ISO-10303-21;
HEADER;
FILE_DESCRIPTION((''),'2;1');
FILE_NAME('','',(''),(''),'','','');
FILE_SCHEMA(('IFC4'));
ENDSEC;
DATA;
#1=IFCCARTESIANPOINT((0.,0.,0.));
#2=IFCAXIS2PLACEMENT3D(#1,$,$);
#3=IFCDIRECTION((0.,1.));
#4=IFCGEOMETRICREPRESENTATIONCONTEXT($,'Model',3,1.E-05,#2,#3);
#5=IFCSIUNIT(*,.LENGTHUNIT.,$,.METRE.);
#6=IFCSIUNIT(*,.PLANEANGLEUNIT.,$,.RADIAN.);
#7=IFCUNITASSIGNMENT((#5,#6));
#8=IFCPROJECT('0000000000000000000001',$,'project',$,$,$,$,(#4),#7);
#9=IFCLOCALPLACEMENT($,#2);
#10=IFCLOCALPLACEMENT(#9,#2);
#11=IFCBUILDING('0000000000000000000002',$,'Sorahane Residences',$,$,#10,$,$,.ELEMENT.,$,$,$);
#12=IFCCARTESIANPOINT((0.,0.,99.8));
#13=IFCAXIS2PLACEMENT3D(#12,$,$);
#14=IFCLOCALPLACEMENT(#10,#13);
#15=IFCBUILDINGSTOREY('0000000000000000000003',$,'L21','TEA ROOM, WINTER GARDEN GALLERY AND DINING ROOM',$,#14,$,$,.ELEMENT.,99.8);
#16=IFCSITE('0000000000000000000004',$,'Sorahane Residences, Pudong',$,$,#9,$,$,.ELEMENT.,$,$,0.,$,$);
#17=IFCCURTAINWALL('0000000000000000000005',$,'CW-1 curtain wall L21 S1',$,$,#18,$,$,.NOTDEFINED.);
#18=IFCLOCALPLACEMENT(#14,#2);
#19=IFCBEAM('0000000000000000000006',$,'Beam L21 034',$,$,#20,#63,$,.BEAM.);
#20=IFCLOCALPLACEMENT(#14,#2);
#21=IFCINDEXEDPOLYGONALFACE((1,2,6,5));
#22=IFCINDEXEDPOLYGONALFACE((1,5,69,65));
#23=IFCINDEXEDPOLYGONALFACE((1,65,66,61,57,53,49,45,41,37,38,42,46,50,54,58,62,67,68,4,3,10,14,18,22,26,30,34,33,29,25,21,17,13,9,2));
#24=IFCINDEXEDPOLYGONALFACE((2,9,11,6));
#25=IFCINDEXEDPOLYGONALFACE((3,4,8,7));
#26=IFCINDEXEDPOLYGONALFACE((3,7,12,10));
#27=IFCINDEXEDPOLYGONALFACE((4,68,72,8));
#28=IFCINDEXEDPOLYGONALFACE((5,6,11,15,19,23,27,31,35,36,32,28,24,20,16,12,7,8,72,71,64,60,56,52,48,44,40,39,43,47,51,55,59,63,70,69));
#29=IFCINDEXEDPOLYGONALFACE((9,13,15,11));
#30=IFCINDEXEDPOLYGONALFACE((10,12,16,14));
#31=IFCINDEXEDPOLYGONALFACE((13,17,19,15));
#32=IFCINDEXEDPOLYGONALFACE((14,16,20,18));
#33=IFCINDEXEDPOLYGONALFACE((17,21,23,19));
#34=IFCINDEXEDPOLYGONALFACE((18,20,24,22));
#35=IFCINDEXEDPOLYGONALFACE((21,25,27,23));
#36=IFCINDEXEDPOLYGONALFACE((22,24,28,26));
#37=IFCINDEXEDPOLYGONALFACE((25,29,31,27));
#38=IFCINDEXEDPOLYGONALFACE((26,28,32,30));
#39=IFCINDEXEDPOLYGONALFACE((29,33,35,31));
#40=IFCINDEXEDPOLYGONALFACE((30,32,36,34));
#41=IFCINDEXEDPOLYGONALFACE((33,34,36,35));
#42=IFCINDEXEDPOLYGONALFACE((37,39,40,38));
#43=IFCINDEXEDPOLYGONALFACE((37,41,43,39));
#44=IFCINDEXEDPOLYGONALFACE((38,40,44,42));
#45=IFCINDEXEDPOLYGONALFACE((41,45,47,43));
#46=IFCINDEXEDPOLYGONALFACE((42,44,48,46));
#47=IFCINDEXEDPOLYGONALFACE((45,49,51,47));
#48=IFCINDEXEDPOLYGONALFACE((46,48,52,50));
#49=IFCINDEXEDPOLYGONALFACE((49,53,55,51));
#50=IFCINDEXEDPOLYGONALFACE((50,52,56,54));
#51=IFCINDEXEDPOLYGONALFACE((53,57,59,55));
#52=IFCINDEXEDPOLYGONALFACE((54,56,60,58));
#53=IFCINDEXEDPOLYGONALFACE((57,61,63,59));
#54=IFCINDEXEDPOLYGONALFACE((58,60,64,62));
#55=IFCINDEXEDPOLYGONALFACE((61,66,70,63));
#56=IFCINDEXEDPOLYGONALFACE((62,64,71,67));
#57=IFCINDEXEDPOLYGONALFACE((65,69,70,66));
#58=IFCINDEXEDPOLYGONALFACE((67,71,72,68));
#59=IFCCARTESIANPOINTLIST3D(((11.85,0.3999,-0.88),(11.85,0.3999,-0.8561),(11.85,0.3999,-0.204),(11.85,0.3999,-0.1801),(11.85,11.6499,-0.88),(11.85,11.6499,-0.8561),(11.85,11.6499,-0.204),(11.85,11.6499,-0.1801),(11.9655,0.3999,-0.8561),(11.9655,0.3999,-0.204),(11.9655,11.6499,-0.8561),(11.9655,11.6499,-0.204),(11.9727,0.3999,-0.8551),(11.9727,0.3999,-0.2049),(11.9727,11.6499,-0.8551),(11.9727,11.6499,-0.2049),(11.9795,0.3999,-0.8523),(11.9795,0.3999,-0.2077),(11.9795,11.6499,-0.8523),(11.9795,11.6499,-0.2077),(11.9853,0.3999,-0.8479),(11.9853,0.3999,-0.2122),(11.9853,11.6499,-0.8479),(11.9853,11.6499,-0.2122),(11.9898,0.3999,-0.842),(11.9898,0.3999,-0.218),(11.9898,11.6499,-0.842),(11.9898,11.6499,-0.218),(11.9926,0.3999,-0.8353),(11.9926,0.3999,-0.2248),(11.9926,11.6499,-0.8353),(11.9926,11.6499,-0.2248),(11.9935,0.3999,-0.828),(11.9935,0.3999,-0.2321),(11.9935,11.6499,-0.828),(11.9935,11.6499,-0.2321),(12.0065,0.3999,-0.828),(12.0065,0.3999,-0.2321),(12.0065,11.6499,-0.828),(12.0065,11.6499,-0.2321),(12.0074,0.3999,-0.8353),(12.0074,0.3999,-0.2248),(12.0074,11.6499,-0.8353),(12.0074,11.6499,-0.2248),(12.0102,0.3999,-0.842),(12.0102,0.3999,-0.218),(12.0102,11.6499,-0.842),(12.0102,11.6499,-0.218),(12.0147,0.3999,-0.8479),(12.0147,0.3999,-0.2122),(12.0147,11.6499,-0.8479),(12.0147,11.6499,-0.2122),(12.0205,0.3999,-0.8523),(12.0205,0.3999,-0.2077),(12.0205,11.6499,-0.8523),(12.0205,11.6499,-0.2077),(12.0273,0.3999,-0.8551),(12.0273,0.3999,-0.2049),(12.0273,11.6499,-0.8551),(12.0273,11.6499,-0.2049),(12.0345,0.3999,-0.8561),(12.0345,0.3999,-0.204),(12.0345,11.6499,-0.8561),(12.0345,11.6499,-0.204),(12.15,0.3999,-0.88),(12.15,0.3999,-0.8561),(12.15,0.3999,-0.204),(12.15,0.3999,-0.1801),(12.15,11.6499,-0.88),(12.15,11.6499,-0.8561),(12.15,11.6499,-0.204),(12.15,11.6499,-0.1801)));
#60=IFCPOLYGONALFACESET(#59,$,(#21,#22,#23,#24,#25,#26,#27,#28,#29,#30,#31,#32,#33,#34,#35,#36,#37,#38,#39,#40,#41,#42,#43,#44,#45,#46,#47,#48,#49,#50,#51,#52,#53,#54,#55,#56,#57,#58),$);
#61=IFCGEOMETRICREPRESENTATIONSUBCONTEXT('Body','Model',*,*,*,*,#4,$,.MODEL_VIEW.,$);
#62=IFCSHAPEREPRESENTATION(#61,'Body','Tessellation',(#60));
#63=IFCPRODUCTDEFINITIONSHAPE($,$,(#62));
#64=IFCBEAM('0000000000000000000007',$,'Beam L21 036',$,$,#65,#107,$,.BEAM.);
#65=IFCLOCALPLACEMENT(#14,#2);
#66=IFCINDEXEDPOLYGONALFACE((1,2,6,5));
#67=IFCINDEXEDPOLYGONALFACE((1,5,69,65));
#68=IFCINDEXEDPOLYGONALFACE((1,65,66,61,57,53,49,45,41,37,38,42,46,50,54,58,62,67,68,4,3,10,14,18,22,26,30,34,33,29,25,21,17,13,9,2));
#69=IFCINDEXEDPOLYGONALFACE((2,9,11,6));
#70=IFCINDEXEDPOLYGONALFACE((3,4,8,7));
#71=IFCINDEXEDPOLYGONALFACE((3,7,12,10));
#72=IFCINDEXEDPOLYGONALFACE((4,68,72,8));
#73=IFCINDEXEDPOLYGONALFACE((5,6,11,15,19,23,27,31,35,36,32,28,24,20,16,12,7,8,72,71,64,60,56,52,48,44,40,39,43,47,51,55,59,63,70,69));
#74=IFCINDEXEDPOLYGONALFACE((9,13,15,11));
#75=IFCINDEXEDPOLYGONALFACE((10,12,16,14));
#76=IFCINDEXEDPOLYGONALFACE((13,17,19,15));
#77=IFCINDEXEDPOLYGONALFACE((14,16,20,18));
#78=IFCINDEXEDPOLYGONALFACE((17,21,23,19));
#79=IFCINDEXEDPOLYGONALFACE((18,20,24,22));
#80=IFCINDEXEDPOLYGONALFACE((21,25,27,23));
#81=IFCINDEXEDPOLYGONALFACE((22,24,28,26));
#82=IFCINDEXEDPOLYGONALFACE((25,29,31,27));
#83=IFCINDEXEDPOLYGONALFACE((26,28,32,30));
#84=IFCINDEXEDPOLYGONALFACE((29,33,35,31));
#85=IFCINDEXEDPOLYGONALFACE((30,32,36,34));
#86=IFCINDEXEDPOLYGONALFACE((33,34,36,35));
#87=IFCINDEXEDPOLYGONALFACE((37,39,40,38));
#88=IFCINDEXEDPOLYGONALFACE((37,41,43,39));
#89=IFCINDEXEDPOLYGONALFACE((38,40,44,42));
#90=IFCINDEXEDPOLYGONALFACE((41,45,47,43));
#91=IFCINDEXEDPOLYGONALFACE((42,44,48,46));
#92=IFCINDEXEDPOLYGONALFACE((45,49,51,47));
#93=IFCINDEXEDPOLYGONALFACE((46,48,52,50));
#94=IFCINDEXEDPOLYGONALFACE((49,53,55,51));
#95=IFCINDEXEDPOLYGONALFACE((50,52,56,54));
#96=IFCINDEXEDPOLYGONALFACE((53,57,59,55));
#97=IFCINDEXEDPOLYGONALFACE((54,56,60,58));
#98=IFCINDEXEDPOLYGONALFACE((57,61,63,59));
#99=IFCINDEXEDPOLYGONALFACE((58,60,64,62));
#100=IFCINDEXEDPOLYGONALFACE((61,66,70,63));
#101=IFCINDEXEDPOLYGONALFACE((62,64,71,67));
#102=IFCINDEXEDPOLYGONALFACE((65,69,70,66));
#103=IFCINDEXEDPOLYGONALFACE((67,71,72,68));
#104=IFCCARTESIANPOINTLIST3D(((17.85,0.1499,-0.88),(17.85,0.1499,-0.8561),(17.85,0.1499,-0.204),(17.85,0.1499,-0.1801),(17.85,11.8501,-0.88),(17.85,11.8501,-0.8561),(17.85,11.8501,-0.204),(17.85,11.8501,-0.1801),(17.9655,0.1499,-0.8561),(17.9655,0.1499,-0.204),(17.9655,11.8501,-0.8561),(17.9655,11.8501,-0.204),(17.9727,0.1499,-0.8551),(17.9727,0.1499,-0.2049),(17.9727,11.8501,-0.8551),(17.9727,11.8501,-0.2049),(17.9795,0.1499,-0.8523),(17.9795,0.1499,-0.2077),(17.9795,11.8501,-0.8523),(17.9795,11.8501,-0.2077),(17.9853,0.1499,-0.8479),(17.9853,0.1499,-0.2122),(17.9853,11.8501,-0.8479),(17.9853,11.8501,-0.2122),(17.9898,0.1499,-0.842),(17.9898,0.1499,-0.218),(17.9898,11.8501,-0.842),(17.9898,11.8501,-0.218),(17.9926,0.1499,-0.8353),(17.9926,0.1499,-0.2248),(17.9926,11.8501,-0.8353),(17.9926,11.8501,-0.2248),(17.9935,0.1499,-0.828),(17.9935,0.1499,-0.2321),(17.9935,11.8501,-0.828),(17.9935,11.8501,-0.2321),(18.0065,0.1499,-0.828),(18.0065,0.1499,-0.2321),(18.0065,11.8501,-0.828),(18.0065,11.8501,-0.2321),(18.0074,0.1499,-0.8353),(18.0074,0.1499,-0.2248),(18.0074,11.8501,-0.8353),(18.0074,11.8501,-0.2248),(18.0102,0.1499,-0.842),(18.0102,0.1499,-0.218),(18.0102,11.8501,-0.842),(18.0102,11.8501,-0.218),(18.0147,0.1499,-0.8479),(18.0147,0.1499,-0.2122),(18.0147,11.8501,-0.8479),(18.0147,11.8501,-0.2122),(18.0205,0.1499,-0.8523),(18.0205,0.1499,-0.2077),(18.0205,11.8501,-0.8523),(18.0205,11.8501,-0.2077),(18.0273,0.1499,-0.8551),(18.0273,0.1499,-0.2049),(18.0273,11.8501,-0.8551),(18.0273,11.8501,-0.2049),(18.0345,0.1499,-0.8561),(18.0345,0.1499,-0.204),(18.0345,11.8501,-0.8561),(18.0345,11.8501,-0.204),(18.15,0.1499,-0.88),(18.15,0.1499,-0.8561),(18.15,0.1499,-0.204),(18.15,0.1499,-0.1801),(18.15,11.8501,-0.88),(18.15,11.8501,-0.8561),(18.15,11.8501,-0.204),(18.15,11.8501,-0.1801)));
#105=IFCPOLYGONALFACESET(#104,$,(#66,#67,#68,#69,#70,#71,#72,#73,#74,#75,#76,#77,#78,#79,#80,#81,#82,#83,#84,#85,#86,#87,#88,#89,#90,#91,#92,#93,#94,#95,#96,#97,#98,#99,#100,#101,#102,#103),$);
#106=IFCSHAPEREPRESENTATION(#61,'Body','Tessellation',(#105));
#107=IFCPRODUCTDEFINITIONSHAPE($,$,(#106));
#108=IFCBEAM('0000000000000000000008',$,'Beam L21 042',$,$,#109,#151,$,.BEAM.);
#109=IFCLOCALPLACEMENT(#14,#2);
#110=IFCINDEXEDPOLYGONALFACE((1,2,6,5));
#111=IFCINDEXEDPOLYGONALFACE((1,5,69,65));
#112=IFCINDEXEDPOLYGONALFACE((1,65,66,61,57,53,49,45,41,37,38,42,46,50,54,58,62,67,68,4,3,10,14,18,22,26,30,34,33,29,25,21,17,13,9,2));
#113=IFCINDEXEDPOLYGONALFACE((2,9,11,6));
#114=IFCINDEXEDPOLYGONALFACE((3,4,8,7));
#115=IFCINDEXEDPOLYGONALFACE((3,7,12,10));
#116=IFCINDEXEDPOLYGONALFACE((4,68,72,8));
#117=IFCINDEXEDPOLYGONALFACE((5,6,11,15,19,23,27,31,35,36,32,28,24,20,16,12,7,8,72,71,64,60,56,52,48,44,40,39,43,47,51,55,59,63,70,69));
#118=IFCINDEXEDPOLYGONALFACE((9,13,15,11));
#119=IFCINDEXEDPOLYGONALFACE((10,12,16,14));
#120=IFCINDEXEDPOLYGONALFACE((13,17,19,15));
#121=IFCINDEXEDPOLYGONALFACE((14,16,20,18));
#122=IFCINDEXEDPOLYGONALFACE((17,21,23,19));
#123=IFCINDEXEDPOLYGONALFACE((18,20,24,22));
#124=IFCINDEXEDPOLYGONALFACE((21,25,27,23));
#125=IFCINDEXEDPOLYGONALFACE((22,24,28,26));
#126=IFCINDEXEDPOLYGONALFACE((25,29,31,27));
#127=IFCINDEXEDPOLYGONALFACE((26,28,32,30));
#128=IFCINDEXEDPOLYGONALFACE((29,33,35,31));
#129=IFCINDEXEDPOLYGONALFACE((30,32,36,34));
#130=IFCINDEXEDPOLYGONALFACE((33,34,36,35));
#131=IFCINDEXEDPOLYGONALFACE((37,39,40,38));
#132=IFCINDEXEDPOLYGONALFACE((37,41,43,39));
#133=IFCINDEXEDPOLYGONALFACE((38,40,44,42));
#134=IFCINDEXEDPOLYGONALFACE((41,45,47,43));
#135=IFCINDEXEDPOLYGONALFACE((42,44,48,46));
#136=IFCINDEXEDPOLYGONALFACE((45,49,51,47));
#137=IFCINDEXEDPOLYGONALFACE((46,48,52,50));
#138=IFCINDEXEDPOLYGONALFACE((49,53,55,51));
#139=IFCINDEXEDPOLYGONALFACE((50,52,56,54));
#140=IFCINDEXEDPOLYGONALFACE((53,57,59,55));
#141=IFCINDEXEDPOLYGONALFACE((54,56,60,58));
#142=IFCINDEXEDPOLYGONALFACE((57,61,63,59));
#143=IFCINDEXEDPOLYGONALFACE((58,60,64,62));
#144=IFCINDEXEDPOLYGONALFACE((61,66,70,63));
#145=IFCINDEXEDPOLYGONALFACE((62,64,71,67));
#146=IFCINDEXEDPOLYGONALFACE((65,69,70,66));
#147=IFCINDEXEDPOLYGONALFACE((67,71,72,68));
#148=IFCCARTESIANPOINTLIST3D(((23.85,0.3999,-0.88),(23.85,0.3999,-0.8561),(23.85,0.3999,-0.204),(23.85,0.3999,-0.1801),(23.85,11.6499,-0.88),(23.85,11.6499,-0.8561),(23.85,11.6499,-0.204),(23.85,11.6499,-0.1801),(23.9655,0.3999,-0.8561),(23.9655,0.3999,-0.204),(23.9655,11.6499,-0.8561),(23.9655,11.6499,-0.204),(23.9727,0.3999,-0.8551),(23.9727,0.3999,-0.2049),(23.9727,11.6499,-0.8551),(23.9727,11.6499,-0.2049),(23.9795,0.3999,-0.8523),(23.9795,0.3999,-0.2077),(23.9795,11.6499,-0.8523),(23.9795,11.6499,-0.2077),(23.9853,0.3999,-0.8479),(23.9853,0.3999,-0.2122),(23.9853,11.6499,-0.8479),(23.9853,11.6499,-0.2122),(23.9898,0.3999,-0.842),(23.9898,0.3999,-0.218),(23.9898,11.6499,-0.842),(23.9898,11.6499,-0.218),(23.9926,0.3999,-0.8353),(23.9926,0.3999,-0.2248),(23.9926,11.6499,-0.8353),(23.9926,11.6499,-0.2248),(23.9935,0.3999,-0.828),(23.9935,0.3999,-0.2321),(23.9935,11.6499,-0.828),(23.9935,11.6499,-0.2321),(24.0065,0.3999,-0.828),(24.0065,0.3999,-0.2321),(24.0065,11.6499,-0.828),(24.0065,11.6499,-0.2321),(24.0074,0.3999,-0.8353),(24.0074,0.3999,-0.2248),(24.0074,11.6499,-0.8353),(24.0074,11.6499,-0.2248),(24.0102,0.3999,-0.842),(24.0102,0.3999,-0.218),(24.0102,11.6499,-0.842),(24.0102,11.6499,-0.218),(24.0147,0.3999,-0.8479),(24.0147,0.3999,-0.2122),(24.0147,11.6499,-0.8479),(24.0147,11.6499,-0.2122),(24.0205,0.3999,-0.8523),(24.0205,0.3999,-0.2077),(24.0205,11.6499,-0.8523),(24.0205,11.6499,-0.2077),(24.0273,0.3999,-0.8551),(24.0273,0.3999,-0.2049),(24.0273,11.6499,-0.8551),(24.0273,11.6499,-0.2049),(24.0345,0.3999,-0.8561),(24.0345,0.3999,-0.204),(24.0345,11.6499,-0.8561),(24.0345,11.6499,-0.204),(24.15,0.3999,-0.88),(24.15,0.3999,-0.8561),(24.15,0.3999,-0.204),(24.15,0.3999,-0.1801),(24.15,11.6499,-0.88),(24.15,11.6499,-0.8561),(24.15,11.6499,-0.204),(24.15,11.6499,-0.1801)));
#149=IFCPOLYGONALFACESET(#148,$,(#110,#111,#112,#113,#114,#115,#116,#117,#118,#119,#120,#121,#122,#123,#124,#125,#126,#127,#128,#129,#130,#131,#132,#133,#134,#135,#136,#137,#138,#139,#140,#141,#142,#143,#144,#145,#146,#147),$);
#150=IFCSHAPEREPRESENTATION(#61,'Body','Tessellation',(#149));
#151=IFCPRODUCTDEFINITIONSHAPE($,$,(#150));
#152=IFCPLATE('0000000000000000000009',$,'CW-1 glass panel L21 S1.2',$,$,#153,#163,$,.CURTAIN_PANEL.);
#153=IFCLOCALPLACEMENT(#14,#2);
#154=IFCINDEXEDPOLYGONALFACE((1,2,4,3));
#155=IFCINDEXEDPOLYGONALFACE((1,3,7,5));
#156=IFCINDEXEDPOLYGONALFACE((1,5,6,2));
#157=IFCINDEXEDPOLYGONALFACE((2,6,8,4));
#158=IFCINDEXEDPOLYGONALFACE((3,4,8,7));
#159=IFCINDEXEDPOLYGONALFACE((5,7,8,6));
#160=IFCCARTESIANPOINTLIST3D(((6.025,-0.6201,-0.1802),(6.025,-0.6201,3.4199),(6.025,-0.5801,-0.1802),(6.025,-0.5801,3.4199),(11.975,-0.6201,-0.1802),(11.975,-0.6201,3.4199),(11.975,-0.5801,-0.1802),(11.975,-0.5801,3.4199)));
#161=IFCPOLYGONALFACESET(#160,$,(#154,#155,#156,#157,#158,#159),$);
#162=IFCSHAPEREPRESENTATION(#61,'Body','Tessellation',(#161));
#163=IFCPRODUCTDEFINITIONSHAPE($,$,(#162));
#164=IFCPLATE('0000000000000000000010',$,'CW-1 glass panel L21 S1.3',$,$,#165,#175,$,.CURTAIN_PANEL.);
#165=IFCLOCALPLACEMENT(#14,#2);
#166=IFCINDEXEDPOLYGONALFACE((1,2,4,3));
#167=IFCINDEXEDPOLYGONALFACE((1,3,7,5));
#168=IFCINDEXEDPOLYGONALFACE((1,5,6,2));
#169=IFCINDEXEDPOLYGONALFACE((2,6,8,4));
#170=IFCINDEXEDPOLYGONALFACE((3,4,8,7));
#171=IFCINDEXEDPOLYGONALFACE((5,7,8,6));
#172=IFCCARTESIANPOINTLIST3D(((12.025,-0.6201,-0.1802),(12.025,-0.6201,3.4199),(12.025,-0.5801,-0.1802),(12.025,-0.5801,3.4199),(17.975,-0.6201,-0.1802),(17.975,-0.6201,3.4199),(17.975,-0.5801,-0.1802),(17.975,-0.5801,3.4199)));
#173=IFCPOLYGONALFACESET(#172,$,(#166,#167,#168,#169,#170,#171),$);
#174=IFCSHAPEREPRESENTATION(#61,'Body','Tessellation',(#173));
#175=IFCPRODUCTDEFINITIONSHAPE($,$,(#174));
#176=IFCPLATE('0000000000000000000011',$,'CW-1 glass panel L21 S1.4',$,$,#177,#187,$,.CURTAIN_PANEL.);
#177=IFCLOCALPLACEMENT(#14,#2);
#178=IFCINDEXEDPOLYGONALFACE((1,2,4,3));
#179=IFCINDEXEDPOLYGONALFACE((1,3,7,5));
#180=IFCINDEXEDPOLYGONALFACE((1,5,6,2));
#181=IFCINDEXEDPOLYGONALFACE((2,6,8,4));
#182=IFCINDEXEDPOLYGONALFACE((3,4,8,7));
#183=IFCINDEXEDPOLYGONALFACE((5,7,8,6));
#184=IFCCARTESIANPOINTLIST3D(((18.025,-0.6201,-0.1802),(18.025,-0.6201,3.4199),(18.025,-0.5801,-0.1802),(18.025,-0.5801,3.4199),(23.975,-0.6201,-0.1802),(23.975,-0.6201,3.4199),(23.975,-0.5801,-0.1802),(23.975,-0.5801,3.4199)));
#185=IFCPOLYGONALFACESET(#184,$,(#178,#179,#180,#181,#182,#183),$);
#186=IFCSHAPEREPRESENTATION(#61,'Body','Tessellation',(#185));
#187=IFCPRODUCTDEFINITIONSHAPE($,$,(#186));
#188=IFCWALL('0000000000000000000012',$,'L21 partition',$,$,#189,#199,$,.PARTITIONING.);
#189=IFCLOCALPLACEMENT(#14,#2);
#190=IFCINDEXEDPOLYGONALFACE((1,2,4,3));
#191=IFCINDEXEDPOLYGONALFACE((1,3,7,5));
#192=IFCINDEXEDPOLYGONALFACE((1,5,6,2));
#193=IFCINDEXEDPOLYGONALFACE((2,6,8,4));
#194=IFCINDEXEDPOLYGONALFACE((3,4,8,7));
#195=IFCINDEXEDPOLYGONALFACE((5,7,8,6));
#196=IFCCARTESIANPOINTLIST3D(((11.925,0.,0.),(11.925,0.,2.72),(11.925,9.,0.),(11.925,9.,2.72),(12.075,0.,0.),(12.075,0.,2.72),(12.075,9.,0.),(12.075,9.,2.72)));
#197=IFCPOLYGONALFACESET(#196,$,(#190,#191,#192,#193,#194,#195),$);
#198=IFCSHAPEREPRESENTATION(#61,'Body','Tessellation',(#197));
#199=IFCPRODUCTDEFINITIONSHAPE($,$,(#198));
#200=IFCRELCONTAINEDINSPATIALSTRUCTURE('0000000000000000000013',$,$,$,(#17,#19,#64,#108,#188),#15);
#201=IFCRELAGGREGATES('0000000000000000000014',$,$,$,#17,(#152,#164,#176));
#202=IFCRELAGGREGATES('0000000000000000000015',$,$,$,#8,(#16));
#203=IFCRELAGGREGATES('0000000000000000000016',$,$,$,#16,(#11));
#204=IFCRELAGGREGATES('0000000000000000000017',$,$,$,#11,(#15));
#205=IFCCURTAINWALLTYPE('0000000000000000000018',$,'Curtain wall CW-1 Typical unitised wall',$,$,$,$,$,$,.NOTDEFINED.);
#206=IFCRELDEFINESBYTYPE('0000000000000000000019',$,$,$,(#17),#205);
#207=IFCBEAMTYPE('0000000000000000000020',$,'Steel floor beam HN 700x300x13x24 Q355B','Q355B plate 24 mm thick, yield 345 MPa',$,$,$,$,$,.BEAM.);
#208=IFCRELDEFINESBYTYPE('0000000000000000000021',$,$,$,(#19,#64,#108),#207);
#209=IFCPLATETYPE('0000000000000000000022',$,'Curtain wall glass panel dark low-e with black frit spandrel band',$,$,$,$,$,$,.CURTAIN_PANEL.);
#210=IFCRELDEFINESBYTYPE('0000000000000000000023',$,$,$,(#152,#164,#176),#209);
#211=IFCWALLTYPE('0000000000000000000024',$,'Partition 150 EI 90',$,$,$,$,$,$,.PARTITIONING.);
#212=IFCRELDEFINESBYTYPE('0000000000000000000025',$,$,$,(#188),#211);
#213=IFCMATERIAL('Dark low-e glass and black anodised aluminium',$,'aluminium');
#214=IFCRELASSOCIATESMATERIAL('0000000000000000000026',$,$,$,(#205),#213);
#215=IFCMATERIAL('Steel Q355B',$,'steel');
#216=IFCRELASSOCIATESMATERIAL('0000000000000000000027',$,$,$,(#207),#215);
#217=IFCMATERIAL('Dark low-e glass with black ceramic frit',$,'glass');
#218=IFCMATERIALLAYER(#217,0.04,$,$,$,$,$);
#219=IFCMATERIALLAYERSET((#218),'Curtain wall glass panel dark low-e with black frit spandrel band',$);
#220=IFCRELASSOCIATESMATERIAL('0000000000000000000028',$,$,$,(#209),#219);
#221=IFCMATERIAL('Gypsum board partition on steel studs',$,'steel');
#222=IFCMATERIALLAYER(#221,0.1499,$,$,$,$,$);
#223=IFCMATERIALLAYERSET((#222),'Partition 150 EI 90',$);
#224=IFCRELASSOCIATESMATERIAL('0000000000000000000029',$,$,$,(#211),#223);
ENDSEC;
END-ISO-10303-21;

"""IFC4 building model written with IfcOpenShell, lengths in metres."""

from ifc_helpers import new_model, si_unit, direction, frame, frame_2d, origin, origin_2d, place, context, subcontext, project, spatial, rectangle, i_section, extrude, material, layer, layer_set, material_profile, profile_set, type_object, element, aggregate, save


model = new_model("IFC4")

# Units and contexts
model_context = context("Model", 3, precision=1e-05, world=origin(), true_north=direction((0.0, 1.0)))
body_context = subcontext(model_context, "Body", "Model", "MODEL_VIEW")
ifc_project = project(units=[si_unit("LENGTHUNIT", "METRE"), si_unit("PLANEANGLEUNIT", "RADIAN")], contexts=[model_context])

# Site, building, storey
site_placement = place(None, origin())
site = spatial("IfcSite", under=ifc_project, at=site_placement, Name="Sorahane Residences, Pudong", CompositionType="ELEMENT", RefElevation=0.0)
building_placement = place(site_placement, origin())
building = spatial("IfcBuilding", under=site, at=building_placement, Name="Sorahane Residences", CompositionType="ELEMENT")
storey_placement = place(building_placement, frame((0.0, 0.0, 99.8)))
storey = spatial("IfcBuildingStorey", under=building, at=storey_placement, Name="L21", Description="TEA ROOM, WINTER GARDEN GALLERY AND DINING ROOM", CompositionType="ELEMENT", Elevation=99.8)

# Curtain wall
ifc_material_1 = material(Name="Dark low-e glass and black anodised aluminium", Category="aluminium")
curtain_wall_type = type_object("IfcCurtainWallType", Name="Curtain wall CW-1 Typical unitised wall", PredefinedType="NOTDEFINED", material=ifc_material_1)
curtain_wall_placement = place(storey_placement, origin())
curtain_wall = element("IfcCurtainWall", 1, at=curtain_wall_placement, inside=storey, type_object=curtain_wall_type, Name="CW-1 curtain wall L21 S1", PredefinedType="NOTDEFINED")

# Beams
ifc_material_2 = material(Name="Steel Q355B", Category="steel")
ifc_material_profile_1 = material_profile(ifc_material_2, i_section(OverallWidth=0.3, OverallDepth=0.7, WebThickness=0.0129, FlangeThickness=0.0239, FilletRadius=0.0281, at=origin_2d()), Name="HN 700x300x13x24")
ifc_profile_set_1 = profile_set([ifc_material_profile_1], Name="Steel Q355B")
beam_type_1 = type_object("IfcBeamType", Name="Steel floor beam HN 700x300x13x24 Q355B", Description="Q355B plate 24 mm thick, yield 345 MPa", PredefinedType="BEAM", material=ifc_profile_set_1)
beam_1_placement = place(storey_placement, frame((12.0, 0.3999, -0.53), z_axis=(0.0, 1.0, 0.0), x_axis=(-1.0, 0.0, 0.0)))
element("IfcBeam", 2, at=beam_1_placement, inside=storey, type_object=beam_type_1, Name="Beam L21 034", PredefinedType="BEAM", context=body_context, shape_type="SweptSolid", body=[
    extrude(i_section(OverallWidth=0.3, OverallDepth=0.7, WebThickness=0.0129, FlangeThickness=0.0239, FilletRadius=0.0281, at=origin_2d()), origin(), (0.0, 0.0, 1.0), 11.25),
])
beam_2_placement = place(storey_placement, frame((18.0, 0.1499, -0.53), z_axis=(0.0, 1.0, 0.0), x_axis=(-1.0, 0.0, 0.0)))
element("IfcBeam", 3, at=beam_2_placement, inside=storey, type_object=beam_type_1, Name="Beam L21 036", PredefinedType="BEAM", context=body_context, shape_type="SweptSolid", body=[
    extrude(i_section(OverallWidth=0.3, OverallDepth=0.7, WebThickness=0.0129, FlangeThickness=0.0239, FilletRadius=0.0281, at=origin_2d()), origin(), (0.0, 0.0, 1.0), 11.7002),
])
beam_3_placement = place(storey_placement, frame((24.0, 0.3999, -0.53), z_axis=(0.0, 1.0, 0.0), x_axis=(-1.0, 0.0, 0.0)))
element("IfcBeam", 4, at=beam_3_placement, inside=storey, type_object=beam_type_1, Name="Beam L21 042", PredefinedType="BEAM", context=body_context, shape_type="SweptSolid", body=[
    extrude(i_section(OverallWidth=0.3, OverallDepth=0.7, WebThickness=0.0129, FlangeThickness=0.0239, FilletRadius=0.0281, at=origin_2d()), origin(), (0.0, 0.0, 1.0), 11.25),
])

# Plates
ifc_material_3 = material(Name="Dark low-e glass with black ceramic frit", Category="glass")
ifc_layer_1 = layer(ifc_material_3, 0.04)
ifc_layer_set_1 = layer_set([ifc_layer_1], Name="Curtain wall glass panel dark low-e with black frit spandrel band")
plate_type = type_object("IfcPlateType", Name="Curtain wall glass panel dark low-e with black frit spandrel band", PredefinedType="CURTAIN_PANEL", material=ifc_layer_set_1)
plate_1_placement = place(storey_placement, frame((9.0, -0.6001, -0.1802), z_axis=(0.0, 0.0, 1.0), x_axis=(1.0, 0.0, 0.0)))
plate_1 = element("IfcPlate", 5, at=plate_1_placement, type_object=plate_type, Name="CW-1 glass panel L21 S1.2", PredefinedType="CURTAIN_PANEL", context=body_context, shape_type="SweptSolid", body=[
    extrude(rectangle(XDim=5.95, YDim=0.04, at=origin_2d()), origin(), (0.0, 0.0, 1.0), 3.6001),
])
plate_2_placement = place(storey_placement, frame((15.0, -0.6001, -0.1802), z_axis=(0.0, 0.0, 1.0), x_axis=(1.0, 0.0, 0.0)))
plate_2 = element("IfcPlate", 6, at=plate_2_placement, type_object=plate_type, Name="CW-1 glass panel L21 S1.3", PredefinedType="CURTAIN_PANEL", context=body_context, shape_type="SweptSolid", body=[
    extrude(rectangle(XDim=5.95, YDim=0.04, at=origin_2d()), origin(), (0.0, 0.0, 1.0), 3.6001),
])
plate_3_placement = place(storey_placement, frame((21.0, -0.6001, -0.1802), z_axis=(0.0, 0.0, 1.0), x_axis=(1.0, 0.0, 0.0)))
plate_3 = element("IfcPlate", 7, at=plate_3_placement, type_object=plate_type, Name="CW-1 glass panel L21 S1.4", PredefinedType="CURTAIN_PANEL", context=body_context, shape_type="SweptSolid", body=[
    extrude(rectangle(XDim=5.95, YDim=0.04, at=origin_2d()), origin(), (0.0, 0.0, 1.0), 3.6001),
])
aggregate(curtain_wall, [plate_1, plate_2, plate_3])

# Wall
ifc_material_4 = material(Name="Gypsum board partition on steel studs", Category="steel")
ifc_layer_2 = layer(ifc_material_4, 0.1499)
ifc_layer_set_2 = layer_set([ifc_layer_2], Name="Partition 150 EI 90")
wall_type_1 = type_object("IfcWallType", Name="Partition 150 EI 90", PredefinedType="PARTITIONING", material=ifc_layer_set_2)
wall_1_placement = place(storey_placement, frame((12.0, 0.0, 0.0), z_axis=(0.0, 0.0, 1.0), x_axis=(0.0, 1.0, 0.0)))
element("IfcWall", 8, at=wall_1_placement, inside=storey, type_object=wall_type_1, Name="L21 partition", PredefinedType="PARTITIONING", context=body_context, shape_type="SweptSolid", body=[
    extrude(rectangle(XDim=9.0, YDim=0.1499, at=frame_2d((4.5, 0.0))), origin(), (0.0, 0.0, 1.0), 2.72),
])

save(model, "model.ifc")
